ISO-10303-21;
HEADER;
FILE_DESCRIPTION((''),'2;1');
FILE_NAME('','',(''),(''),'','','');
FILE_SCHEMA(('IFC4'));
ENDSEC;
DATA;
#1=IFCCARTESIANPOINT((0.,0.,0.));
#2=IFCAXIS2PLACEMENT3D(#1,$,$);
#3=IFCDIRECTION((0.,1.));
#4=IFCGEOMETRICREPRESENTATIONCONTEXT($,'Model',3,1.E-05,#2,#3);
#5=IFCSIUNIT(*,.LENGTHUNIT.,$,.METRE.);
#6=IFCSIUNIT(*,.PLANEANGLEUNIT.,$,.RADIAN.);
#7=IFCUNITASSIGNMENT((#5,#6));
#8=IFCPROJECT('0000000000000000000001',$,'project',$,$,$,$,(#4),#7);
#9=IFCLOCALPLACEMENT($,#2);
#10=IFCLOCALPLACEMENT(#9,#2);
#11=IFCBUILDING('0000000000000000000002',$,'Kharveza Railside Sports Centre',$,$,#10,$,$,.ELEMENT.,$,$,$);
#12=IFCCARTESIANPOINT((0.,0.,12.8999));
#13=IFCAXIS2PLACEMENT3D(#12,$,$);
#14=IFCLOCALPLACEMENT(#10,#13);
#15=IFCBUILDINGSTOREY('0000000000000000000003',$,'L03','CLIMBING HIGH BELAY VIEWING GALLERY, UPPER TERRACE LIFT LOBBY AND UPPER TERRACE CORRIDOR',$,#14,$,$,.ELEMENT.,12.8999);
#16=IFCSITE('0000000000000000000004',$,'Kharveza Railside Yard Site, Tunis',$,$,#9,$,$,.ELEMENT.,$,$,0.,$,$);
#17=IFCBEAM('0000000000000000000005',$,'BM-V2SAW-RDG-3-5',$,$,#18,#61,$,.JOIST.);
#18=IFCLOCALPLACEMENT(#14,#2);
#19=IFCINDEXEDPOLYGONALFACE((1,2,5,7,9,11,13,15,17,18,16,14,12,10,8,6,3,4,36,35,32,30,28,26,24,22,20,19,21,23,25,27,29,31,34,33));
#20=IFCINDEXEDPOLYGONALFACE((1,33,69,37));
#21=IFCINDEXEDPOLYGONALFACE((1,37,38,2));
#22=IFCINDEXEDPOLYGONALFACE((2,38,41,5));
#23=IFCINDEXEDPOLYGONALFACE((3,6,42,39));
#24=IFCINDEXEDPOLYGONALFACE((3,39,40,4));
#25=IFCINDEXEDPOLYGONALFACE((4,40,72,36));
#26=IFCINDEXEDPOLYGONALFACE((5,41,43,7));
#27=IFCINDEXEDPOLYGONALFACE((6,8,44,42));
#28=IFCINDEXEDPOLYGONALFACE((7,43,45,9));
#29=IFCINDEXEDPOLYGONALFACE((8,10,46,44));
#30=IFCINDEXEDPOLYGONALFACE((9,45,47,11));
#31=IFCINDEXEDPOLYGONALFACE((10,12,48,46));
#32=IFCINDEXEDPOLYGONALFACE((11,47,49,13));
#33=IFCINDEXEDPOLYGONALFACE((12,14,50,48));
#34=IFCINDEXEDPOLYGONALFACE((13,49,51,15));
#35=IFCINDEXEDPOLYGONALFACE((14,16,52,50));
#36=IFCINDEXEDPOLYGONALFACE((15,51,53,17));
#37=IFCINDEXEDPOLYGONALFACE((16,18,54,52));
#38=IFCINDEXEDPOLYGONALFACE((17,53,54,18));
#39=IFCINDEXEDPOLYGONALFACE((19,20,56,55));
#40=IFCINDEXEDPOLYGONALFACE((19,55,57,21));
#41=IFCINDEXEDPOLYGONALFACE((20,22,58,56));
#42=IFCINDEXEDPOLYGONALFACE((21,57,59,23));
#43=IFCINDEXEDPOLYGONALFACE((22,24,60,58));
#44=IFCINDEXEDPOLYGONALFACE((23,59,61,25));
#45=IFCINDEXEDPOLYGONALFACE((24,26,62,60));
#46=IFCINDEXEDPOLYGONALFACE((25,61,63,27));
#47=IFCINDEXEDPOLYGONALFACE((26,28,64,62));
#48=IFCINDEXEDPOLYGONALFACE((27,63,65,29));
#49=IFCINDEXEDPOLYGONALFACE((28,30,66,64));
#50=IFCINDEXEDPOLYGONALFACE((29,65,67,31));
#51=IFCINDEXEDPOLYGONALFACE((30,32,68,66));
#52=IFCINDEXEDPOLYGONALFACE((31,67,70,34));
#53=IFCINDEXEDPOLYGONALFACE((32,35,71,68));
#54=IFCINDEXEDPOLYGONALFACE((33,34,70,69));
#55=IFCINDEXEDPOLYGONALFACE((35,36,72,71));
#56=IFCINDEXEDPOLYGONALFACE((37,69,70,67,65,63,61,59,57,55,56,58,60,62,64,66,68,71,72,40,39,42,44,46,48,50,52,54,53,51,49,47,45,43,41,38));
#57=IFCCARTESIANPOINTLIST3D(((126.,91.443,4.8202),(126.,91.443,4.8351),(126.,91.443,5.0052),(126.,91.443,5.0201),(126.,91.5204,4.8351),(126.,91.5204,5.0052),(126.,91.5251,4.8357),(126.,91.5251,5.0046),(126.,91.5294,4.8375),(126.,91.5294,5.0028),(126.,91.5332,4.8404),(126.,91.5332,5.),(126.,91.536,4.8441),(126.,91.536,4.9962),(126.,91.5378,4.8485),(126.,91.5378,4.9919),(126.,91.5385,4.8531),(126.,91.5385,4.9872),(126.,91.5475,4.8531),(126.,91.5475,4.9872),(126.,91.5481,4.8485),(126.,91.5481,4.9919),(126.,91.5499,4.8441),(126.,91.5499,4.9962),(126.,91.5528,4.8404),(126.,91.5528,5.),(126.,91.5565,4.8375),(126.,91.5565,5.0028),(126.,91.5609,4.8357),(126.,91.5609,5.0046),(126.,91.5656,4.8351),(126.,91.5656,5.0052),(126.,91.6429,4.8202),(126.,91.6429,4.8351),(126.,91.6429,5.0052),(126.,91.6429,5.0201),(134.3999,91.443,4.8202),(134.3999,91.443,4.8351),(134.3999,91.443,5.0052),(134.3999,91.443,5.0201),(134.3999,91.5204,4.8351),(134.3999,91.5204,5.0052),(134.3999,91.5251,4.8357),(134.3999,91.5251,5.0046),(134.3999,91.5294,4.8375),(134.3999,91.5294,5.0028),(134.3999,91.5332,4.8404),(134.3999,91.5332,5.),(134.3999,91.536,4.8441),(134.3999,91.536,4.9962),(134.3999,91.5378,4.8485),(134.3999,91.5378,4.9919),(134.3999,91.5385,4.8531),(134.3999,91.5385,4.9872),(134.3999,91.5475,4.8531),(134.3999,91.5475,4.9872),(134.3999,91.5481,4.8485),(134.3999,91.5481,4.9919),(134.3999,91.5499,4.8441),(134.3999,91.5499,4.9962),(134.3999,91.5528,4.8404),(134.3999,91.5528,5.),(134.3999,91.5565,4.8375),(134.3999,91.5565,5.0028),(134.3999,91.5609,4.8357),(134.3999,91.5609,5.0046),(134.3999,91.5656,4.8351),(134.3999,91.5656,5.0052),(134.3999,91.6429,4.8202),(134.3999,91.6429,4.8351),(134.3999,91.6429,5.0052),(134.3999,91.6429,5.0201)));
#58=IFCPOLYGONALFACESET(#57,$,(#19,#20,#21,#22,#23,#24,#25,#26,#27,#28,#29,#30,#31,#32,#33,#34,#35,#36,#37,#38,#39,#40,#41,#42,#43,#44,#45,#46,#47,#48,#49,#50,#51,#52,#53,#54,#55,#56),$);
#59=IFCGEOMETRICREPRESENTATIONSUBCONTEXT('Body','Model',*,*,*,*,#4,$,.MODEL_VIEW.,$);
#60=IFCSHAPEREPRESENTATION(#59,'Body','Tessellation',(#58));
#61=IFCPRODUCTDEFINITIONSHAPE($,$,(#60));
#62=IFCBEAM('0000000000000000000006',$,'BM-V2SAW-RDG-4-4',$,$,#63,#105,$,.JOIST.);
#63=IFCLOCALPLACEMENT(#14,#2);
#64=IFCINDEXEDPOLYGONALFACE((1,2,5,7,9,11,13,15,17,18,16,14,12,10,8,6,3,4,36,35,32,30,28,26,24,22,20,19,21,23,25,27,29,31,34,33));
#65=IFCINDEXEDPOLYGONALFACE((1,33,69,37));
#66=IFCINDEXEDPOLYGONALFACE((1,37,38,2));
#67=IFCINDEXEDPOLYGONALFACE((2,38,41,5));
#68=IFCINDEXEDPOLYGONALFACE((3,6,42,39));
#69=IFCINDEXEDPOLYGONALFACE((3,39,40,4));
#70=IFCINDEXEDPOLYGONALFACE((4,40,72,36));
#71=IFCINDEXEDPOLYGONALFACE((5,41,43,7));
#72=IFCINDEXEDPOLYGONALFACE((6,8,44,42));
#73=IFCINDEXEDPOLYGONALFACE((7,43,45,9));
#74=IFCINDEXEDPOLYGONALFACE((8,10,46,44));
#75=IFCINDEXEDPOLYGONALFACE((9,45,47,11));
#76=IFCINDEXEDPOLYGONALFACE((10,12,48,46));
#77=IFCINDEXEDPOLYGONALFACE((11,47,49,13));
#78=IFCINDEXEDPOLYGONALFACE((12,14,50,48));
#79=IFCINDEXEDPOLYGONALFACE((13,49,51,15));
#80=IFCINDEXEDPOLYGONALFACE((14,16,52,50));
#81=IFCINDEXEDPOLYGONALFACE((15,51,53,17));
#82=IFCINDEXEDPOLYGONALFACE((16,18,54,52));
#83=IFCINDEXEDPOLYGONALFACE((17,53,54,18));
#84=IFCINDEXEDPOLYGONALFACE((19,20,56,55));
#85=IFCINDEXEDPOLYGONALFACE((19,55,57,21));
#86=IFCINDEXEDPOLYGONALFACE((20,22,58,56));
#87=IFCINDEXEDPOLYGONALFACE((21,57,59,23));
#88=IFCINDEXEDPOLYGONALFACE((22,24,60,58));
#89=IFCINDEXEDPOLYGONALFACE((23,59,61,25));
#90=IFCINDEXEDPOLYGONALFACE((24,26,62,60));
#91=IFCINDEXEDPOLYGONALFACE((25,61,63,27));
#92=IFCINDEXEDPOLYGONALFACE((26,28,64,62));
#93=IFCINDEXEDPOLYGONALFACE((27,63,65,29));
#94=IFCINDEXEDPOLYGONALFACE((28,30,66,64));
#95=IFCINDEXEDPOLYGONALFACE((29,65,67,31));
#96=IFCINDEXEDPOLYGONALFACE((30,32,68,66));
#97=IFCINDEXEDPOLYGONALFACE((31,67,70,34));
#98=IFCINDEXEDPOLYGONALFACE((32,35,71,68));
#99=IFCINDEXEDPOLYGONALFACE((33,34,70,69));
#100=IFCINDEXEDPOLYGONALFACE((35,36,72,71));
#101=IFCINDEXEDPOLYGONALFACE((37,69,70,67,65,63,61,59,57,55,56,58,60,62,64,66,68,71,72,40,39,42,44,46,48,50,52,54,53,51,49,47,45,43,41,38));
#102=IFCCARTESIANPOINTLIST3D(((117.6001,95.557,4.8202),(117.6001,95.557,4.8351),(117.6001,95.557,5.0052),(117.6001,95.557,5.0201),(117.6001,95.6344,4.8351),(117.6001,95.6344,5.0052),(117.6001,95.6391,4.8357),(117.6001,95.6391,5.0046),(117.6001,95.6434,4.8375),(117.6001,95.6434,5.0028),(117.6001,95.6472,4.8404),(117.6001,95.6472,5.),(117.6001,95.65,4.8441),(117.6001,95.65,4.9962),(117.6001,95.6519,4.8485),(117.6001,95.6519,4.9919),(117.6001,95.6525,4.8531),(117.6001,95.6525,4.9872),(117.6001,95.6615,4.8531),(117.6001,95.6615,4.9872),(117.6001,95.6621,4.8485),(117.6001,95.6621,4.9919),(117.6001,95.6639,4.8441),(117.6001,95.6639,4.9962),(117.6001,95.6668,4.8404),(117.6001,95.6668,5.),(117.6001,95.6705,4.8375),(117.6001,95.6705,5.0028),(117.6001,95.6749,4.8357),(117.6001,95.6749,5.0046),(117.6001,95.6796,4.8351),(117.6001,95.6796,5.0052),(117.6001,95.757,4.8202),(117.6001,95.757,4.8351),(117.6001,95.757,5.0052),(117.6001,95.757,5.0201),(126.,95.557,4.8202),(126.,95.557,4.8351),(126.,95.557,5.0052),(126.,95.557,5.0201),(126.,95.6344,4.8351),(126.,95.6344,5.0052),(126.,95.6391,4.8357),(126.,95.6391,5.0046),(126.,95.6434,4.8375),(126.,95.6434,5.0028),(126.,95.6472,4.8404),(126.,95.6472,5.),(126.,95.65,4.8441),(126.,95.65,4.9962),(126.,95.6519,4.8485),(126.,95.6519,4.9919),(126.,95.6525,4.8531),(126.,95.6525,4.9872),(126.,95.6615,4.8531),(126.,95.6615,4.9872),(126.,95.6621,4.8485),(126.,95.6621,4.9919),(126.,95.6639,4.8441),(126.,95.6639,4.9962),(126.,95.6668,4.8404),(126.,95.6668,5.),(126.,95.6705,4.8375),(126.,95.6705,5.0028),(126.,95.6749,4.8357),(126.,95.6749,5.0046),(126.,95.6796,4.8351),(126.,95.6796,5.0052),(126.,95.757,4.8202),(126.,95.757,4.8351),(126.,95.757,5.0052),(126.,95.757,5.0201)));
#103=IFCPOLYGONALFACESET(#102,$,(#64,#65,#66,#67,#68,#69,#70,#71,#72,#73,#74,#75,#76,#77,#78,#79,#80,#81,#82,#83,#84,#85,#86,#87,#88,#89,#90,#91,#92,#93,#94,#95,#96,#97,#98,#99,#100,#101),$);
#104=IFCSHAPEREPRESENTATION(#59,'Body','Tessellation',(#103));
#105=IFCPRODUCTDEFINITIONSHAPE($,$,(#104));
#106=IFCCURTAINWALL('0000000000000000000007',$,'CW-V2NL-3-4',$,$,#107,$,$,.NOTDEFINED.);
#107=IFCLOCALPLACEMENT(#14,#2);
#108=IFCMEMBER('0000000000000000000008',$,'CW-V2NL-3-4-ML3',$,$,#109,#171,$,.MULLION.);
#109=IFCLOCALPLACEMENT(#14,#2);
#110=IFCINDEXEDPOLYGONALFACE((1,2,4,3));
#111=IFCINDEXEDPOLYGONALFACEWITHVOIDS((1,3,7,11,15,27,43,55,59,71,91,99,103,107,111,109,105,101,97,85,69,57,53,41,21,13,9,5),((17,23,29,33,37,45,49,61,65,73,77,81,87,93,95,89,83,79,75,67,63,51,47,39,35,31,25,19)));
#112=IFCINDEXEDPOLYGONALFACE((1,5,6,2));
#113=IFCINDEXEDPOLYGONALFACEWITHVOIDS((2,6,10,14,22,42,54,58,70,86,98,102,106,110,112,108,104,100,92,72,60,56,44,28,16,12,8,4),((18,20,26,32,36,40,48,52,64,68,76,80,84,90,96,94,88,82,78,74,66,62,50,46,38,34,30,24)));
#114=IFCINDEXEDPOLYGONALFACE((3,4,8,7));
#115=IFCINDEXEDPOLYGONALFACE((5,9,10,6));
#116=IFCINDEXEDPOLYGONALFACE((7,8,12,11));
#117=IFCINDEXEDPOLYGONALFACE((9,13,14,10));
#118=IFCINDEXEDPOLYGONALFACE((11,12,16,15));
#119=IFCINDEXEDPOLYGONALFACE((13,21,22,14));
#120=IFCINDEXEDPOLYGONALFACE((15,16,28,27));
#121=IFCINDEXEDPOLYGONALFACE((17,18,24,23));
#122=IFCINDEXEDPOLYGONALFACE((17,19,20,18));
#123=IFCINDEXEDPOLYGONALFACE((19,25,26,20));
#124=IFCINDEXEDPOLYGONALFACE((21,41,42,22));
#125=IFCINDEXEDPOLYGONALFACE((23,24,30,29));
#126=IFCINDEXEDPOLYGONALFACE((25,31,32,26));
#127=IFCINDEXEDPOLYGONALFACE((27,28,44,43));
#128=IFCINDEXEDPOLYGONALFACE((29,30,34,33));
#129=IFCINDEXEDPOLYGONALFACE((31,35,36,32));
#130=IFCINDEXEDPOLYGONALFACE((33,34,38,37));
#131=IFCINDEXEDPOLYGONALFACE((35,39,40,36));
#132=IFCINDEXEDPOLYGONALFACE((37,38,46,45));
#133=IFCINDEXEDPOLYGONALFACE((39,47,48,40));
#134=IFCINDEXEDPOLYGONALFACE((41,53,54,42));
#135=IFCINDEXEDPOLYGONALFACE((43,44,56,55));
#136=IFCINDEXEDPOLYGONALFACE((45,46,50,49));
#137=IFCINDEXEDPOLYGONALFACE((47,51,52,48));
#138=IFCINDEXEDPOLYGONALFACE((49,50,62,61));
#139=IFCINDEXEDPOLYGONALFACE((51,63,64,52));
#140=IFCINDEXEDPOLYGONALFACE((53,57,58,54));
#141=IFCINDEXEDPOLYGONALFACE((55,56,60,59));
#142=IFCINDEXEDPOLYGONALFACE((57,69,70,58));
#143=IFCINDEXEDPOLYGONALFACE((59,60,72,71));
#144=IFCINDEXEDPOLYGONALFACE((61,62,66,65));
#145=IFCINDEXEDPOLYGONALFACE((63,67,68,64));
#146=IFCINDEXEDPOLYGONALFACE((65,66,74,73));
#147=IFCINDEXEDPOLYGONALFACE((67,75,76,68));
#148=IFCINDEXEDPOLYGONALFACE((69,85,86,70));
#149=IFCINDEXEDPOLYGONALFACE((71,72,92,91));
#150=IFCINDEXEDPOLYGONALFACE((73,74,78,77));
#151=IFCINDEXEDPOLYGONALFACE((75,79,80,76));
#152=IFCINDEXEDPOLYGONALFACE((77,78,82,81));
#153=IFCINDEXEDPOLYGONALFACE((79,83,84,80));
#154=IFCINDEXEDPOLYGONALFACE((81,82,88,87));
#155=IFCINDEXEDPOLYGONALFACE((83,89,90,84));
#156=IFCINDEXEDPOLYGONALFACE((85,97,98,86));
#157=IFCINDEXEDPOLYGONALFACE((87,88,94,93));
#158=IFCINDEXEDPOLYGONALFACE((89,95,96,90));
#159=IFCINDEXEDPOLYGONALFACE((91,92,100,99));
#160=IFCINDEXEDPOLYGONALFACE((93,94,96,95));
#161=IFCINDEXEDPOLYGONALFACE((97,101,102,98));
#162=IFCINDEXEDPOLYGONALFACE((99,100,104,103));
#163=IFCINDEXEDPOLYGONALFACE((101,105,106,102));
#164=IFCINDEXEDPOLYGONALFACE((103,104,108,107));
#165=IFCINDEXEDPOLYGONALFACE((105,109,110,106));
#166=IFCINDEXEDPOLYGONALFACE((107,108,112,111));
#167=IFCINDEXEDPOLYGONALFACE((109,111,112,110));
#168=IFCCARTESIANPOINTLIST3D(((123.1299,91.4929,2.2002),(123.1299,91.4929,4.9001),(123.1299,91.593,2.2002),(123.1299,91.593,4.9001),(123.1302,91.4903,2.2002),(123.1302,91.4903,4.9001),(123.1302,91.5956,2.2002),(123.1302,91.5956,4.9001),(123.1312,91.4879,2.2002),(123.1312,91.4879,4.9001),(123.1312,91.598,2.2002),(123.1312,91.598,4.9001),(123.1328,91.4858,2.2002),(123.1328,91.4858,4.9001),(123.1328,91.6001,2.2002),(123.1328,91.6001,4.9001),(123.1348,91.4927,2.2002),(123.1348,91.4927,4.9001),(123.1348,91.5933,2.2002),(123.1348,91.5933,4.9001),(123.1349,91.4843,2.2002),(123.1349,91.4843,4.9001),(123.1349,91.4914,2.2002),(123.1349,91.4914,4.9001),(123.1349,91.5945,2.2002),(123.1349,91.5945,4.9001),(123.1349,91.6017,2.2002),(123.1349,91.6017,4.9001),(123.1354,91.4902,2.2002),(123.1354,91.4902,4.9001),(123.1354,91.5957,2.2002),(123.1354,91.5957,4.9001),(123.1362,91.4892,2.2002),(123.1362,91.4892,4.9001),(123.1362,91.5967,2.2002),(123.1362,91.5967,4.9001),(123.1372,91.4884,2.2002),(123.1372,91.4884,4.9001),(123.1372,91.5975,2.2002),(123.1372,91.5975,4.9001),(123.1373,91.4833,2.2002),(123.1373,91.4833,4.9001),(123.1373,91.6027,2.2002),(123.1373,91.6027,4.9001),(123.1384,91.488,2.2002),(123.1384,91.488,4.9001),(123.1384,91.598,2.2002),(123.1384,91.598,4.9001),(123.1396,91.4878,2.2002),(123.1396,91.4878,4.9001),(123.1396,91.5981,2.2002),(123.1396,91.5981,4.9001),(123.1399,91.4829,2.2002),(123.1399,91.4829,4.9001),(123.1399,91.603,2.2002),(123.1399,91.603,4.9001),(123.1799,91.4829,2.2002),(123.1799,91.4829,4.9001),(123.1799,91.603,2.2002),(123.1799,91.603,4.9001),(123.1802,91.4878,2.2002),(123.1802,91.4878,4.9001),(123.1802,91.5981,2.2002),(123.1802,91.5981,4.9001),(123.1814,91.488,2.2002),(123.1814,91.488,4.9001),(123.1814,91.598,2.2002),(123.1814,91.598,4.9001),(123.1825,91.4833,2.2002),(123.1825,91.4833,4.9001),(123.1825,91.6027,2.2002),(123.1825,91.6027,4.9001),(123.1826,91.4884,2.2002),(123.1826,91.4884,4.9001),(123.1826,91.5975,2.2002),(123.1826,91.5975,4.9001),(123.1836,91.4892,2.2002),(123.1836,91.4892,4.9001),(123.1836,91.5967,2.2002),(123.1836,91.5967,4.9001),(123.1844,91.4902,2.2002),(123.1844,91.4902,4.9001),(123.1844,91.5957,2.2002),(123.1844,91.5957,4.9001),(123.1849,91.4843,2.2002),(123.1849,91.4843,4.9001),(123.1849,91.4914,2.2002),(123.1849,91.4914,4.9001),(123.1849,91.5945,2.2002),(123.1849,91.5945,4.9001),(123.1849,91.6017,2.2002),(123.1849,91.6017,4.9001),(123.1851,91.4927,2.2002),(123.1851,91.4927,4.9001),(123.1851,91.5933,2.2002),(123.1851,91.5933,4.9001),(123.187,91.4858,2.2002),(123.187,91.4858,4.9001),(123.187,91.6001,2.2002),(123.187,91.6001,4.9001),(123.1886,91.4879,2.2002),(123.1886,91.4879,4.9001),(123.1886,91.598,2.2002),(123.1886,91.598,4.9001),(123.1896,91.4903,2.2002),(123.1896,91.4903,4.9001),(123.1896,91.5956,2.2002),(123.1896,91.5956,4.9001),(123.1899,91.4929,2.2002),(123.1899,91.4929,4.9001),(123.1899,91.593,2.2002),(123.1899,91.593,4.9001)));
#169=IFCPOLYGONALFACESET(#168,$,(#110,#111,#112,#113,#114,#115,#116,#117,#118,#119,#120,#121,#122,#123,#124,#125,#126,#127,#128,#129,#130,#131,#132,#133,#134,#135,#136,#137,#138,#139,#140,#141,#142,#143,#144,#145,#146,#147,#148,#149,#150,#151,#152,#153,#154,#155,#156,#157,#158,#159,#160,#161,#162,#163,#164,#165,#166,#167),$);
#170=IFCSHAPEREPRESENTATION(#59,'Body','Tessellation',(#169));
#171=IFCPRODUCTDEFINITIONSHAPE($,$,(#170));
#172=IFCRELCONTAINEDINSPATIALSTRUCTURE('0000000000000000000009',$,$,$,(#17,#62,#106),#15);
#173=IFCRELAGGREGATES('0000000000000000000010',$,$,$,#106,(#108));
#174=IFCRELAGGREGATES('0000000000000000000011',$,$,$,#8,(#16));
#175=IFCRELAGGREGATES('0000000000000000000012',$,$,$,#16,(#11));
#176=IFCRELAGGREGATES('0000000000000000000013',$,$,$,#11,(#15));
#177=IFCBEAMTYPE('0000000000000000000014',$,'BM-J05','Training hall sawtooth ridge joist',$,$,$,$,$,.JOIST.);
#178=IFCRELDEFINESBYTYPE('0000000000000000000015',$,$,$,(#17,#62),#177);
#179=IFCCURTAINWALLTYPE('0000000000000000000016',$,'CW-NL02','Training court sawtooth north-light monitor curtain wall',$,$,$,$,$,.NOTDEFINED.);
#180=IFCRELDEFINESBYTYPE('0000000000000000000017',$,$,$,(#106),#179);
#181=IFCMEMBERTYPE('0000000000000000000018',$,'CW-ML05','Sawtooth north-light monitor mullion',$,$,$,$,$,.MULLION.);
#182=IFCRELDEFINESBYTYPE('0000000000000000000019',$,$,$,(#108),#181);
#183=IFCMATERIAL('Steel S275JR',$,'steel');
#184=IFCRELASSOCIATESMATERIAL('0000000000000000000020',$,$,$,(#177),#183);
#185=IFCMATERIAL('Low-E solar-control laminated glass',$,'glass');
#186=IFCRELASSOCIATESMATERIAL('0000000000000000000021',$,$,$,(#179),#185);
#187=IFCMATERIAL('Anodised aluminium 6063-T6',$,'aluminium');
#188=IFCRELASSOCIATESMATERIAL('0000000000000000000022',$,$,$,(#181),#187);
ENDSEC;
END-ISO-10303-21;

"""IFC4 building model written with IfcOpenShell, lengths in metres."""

from ifc_helpers import new_model, si_unit, direction, frame, origin, origin_2d, place, context, subcontext, project, spatial, hollow_rectangle, i_section, extrude, material, material_profile, profile_set, type_object, element, aggregate, save


model = new_model("IFC4")

# Units and contexts
model_context = context("Model", 3, precision=1e-05, world=origin(), true_north=direction((0.0, 1.0)))
body_context = subcontext(model_context, "Body", "Model", "MODEL_VIEW")
ifc_project = project(units=[si_unit("LENGTHUNIT", "METRE"), si_unit("PLANEANGLEUNIT", "RADIAN")], contexts=[model_context])

# Site, building, storey
site_placement = place(None, origin())
site = spatial("IfcSite", under=ifc_project, at=site_placement, Name="Kharveza Railside Yard Site, Tunis", CompositionType="ELEMENT", RefElevation=0.0)
building_placement = place(site_placement, origin())
building = spatial("IfcBuilding", under=site, at=building_placement, Name="Kharveza Railside Sports Centre", CompositionType="ELEMENT")
storey_placement = place(building_placement, frame((0.0, 0.0, 12.8999)))
storey = spatial("IfcBuildingStorey", under=building, at=storey_placement, Name="L03", Description="CLIMBING HIGH BELAY VIEWING GALLERY, UPPER TERRACE LIFT LOBBY AND UPPER TERRACE CORRIDOR", CompositionType="ELEMENT", Elevation=12.8999)

# Beams
ifc_material_1 = material(Name="Steel S275JR", Category="steel")
ifc_material_profile_1 = material_profile(ifc_material_1, i_section(OverallWidth=0.2, OverallDepth=0.2, WebThickness=0.009, FlangeThickness=0.0149, FilletRadius=0.0181, at=origin_2d()), Name="HEB 200")
ifc_profile_set_1 = profile_set([ifc_material_profile_1], Name="Steel S275JR")
beam_type_1 = type_object("IfcBeamType", Name="BM-J05", Description="Training hall sawtooth ridge joist", PredefinedType="JOIST", material=ifc_profile_set_1)
for number, where, z_axis, x_axis, name in (
    (1, (126.0, 91.543, 4.9202), (1.0, 0.0, 0.0), (0.0, 1.0, 0.0), "BM-V2SAW-RDG-3-5"),
    (2, (117.6001, 95.657, 4.9202), (1.0, 0.0, 0.0), (0.0, 1.0, 0.0), "BM-V2SAW-RDG-4-4"),
):
    element("IfcBeam", number, at=place(storey_placement, frame(where, z_axis=z_axis, x_axis=x_axis)), inside=storey, type_object=beam_type_1, Name=name, PredefinedType="JOIST", context=body_context, shape_type="SweptSolid", body=[
        extrude(i_section(OverallWidth=0.2, OverallDepth=0.2, WebThickness=0.009, FlangeThickness=0.0149, FilletRadius=0.0181, at=origin_2d()), origin(), (0.0, 0.0, 1.0), 8.3999),
    ])

# Curtain wall, member
ifc_material_2 = material(Name="Low-E solar-control laminated glass", Category="glass")
curtain_wall_type = type_object("IfcCurtainWallType", Name="CW-NL02", Description="Training court sawtooth north-light monitor curtain wall", PredefinedType="NOTDEFINED", material=ifc_material_2)
curtain_wall_1_placement = place(storey_placement, origin())
curtain_wall_1 = element("IfcCurtainWall", 3, at=curtain_wall_1_placement, inside=storey, type_object=curtain_wall_type, Name="CW-V2NL-3-4", PredefinedType="NOTDEFINED")
ifc_material_3 = material(Name="Anodised aluminium 6063-T6", Category="aluminium")
ifc_material_profile_2 = material_profile(ifc_material_3, hollow_rectangle(XDim=0.0601, YDim=0.1201, WallThickness=0.0049, InnerFilletRadius=0.0049, OuterFilletRadius=0.01, at=origin_2d()), Name="RHS 60x120x5.0")
ifc_profile_set_2 = profile_set([ifc_material_profile_2], Name="Anodised aluminium 6063-T6")
member_type_1 = type_object("IfcMemberType", Name="CW-ML05", Description="Sawtooth north-light monitor mullion", PredefinedType="MULLION", material=ifc_profile_set_2)
member_1_placement = place(storey_placement, frame((123.1599, 91.543, 2.2002), z_axis=(0.0, 0.0, 1.0), x_axis=(1.0, 0.0, 0.0)))
member_1 = element("IfcMember", 4, at=member_1_placement, type_object=member_type_1, Name="CW-V2NL-3-4-ML3", PredefinedType="MULLION", context=body_context, shape_type="SweptSolid", body=[
    extrude(hollow_rectangle(XDim=0.0601, YDim=0.1201, WallThickness=0.0049, InnerFilletRadius=0.0049, OuterFilletRadius=0.01, at=origin_2d()), origin(), (0.0, 0.0, 1.0), 2.7),
])

aggregate(curtain_wall_1, [member_1])

save(model, "model.ifc")
